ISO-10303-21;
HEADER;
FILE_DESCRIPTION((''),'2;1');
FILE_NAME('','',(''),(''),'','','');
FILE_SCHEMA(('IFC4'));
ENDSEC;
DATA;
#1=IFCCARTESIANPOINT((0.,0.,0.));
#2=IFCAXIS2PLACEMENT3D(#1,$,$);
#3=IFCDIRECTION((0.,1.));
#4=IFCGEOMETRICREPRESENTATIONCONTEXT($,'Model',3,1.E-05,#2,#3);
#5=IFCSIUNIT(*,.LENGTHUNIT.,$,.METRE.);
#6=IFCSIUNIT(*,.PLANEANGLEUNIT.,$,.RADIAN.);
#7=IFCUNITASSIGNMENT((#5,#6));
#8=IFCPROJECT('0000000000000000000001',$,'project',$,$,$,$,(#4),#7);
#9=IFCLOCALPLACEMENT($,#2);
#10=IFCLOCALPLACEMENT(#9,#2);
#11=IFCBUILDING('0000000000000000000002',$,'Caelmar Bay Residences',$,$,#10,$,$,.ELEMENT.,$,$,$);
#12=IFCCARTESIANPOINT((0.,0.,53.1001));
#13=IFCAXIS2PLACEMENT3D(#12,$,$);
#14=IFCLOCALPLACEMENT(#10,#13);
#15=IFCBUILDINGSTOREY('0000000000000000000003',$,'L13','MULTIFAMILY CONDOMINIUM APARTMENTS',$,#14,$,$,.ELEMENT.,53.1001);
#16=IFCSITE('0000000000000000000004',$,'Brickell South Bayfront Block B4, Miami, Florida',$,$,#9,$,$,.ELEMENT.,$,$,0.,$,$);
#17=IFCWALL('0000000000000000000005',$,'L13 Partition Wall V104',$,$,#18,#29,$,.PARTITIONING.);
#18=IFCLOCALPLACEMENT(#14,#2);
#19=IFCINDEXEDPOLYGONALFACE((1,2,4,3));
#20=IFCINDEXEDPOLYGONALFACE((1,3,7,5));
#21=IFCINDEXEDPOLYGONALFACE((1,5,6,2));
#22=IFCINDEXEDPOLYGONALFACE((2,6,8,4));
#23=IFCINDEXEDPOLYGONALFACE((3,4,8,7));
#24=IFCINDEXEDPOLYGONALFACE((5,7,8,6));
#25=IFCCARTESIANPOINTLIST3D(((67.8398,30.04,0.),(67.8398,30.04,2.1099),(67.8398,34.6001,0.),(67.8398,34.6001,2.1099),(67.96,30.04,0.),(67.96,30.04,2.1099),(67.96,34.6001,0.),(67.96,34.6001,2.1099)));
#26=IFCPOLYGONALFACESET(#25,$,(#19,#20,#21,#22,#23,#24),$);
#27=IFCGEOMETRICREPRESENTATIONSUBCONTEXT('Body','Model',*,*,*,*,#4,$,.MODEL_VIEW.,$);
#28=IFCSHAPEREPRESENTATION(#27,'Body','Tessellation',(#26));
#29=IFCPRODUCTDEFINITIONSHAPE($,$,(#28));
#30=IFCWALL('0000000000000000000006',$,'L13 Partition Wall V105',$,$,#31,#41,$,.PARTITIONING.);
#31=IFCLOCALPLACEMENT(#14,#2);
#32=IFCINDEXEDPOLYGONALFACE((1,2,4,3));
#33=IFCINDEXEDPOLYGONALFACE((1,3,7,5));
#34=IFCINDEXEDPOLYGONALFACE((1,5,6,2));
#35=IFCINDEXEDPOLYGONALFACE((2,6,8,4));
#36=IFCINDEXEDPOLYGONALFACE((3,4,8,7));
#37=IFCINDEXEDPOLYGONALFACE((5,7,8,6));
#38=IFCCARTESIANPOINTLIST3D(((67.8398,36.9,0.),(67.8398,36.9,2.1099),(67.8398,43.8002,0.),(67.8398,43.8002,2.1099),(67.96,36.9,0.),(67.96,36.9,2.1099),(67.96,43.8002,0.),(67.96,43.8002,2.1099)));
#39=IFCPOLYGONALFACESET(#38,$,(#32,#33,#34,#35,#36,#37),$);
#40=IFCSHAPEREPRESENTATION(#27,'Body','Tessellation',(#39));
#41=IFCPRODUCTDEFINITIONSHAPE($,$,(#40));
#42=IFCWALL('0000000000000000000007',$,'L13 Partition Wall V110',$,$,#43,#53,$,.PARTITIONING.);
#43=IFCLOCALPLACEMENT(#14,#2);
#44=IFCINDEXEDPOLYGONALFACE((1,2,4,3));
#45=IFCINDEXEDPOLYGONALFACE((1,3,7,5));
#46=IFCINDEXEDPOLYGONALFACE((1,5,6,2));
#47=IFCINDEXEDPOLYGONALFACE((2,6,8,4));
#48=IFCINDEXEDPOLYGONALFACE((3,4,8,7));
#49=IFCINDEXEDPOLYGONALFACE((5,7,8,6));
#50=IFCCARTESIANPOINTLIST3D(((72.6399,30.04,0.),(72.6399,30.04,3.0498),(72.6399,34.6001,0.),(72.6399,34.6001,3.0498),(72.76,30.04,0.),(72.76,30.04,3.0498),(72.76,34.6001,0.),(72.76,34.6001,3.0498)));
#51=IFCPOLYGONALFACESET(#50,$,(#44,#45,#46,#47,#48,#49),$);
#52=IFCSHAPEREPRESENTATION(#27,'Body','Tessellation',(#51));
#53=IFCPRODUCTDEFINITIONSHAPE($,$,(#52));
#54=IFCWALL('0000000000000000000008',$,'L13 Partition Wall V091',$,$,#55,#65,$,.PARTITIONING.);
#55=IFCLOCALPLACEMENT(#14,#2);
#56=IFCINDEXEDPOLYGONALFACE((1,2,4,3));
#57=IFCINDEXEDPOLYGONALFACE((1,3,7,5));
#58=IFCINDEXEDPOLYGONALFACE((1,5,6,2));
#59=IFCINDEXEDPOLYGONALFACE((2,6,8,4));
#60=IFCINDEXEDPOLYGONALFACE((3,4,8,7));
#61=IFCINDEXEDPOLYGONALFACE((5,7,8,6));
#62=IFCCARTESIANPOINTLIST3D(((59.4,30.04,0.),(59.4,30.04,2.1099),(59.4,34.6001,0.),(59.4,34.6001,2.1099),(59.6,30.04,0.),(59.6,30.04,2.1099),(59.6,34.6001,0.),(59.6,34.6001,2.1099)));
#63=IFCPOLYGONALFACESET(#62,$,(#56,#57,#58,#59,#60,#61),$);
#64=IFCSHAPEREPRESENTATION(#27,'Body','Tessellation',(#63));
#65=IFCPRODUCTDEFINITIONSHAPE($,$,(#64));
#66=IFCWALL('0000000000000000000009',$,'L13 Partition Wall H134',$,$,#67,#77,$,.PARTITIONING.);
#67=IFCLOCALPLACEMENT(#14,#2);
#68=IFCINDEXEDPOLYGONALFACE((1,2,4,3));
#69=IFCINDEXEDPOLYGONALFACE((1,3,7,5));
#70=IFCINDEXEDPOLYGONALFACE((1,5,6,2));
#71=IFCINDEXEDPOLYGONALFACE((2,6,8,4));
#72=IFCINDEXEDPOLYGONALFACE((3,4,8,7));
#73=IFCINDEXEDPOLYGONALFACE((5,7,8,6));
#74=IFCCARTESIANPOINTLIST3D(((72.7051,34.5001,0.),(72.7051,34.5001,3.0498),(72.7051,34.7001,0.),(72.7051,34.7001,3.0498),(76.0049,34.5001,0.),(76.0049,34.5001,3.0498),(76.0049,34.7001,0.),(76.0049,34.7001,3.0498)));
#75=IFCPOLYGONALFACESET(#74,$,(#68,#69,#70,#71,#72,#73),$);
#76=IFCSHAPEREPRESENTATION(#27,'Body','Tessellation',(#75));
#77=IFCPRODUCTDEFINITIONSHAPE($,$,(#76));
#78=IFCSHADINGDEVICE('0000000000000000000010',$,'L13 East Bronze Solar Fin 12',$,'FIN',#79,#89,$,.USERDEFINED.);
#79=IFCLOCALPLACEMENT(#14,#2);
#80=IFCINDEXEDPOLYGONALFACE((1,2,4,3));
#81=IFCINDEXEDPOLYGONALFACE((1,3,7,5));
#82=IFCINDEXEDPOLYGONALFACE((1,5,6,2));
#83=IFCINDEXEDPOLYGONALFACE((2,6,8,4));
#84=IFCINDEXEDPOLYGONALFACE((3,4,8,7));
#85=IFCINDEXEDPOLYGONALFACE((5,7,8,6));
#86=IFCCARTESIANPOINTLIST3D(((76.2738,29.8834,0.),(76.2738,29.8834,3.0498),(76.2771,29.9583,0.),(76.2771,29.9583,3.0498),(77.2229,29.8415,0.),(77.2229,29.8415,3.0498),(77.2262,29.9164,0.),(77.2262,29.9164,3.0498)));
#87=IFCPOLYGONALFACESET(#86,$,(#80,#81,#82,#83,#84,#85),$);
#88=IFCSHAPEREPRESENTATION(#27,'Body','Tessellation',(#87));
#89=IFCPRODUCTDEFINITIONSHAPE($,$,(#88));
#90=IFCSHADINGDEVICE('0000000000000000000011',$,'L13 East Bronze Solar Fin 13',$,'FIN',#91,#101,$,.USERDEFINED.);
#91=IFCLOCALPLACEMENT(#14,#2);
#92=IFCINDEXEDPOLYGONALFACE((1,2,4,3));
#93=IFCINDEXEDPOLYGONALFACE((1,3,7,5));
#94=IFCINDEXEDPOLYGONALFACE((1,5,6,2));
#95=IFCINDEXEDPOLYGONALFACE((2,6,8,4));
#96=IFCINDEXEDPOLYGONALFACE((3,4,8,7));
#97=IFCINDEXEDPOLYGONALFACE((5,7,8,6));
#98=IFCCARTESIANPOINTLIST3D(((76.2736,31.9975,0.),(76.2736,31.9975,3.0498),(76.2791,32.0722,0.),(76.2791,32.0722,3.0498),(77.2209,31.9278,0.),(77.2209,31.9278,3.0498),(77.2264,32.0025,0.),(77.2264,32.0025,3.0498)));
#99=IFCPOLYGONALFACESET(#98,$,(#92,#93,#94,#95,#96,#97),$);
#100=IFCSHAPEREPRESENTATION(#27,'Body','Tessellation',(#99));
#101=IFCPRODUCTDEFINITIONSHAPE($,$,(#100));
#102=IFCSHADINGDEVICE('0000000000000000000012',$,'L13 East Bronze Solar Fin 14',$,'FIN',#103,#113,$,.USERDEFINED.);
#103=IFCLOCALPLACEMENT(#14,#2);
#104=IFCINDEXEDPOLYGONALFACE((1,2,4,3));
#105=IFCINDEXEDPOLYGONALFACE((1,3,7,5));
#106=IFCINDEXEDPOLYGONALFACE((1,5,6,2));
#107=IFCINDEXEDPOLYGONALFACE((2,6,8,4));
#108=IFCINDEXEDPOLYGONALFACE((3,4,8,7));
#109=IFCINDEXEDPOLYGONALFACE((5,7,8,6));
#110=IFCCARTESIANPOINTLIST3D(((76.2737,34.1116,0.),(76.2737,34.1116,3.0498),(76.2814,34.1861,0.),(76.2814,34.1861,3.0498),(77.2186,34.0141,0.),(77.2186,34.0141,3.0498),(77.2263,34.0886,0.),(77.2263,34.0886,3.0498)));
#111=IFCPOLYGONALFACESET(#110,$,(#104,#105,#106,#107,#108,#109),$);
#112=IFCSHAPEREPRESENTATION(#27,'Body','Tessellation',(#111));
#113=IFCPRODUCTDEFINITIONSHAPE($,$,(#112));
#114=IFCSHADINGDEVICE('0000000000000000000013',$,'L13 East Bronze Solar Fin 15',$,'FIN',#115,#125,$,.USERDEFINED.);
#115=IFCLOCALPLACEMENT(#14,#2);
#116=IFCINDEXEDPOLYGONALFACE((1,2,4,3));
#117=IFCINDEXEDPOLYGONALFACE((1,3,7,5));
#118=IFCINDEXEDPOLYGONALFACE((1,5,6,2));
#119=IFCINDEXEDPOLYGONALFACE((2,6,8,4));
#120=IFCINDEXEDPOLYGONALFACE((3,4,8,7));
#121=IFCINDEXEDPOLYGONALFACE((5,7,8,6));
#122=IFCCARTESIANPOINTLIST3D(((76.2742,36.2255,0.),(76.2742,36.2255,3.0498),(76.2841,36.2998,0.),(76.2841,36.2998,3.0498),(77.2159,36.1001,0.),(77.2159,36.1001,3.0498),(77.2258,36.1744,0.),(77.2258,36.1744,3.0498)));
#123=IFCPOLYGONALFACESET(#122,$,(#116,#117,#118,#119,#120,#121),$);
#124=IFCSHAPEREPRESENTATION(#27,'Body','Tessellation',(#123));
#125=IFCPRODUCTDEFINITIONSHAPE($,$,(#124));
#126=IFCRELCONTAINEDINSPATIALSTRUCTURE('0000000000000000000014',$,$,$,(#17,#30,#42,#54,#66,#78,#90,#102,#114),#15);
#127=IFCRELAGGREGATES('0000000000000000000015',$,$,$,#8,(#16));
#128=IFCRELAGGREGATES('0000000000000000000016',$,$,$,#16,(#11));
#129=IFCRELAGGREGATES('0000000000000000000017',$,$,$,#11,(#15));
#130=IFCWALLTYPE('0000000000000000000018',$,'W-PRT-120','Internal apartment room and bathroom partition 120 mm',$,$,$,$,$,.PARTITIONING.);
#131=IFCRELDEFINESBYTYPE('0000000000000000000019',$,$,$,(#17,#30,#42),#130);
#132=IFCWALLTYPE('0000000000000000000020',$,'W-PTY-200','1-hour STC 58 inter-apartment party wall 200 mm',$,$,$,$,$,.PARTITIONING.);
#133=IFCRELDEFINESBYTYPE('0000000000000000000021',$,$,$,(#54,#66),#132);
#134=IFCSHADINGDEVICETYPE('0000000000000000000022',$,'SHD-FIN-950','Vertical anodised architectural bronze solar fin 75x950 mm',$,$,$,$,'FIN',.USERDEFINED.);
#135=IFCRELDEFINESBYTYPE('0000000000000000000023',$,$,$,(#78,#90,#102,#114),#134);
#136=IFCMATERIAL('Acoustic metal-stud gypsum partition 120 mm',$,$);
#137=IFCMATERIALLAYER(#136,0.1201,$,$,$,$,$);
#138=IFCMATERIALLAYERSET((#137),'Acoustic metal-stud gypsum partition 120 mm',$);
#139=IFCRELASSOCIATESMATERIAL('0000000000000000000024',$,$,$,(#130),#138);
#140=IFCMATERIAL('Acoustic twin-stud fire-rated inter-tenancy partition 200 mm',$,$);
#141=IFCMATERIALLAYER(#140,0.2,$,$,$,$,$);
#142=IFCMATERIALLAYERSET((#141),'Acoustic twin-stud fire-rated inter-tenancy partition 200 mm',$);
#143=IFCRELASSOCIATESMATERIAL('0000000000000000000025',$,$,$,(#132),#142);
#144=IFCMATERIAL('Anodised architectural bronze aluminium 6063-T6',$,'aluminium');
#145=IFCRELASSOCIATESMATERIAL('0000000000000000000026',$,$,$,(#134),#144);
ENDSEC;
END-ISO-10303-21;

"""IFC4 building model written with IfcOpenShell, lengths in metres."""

from ifc_helpers import new_model, si_unit, direction, frame, frame_2d, origin, origin_2d, place, context, subcontext, project, spatial, rectangle, extrude, material, layer, layer_set, material_profile, profile_set, type_object, element, save


model = new_model("IFC4")

# Units and contexts
model_context = context("Model", 3, precision=1e-05, world=origin(), true_north=direction((0.0, 1.0)))
body_context = subcontext(model_context, "Body", "Model", "MODEL_VIEW")
ifc_project = project(units=[si_unit("LENGTHUNIT", "METRE"), si_unit("PLANEANGLEUNIT", "RADIAN")], contexts=[model_context])

# Site, building, storey
site_placement = place(None, origin())
site = spatial("IfcSite", under=ifc_project, at=site_placement, Name="Brickell South Bayfront Block B4, Miami, Florida", CompositionType="ELEMENT", RefElevation=0.0)
building_placement = place(site_placement, origin())
building = spatial("IfcBuilding", under=site, at=building_placement, Name="Caelmar Bay Residences", CompositionType="ELEMENT")
storey_placement = place(building_placement, frame((0.0, 0.0, 53.1001)))
storey = spatial("IfcBuildingStorey", under=building, at=storey_placement, Name="L13", Description="MULTIFAMILY CONDOMINIUM APARTMENTS", CompositionType="ELEMENT", Elevation=53.1001)

# Shared definitions
ifc_material_1 = material(Name="Acoustic metal-stud gypsum partition 120 mm")
ifc_layer_1 = layer(ifc_material_1, 0.1201)
ifc_layer_set_1 = layer_set([ifc_layer_1], Name="Acoustic metal-stud gypsum partition 120 mm")
wall_type_1 = type_object("IfcWallType", Name="W-PRT-120", Description="Internal apartment room and bathroom partition 120 mm", PredefinedType="PARTITIONING", material=ifc_layer_set_1)

# Walls
wall_1_placement = place(storey_placement, frame((67.8999, 30.04, 0.0), z_axis=(0.0, 0.0, 1.0), x_axis=(0.0, 1.0, 0.0)))
element("IfcWall", 1, at=wall_1_placement, inside=storey, type_object=wall_type_1, Name="L13 Partition Wall V104", PredefinedType="PARTITIONING", context=body_context, shape_type="SweptSolid", body=[
    extrude(rectangle(XDim=4.5601, YDim=0.1201, at=frame_2d((2.28, 0.0))), origin(), (0.0, 0.0, 1.0), 2.1099),
])
wall_2_placement = place(storey_placement, frame((67.8999, 36.8999, 0.0), z_axis=(0.0, 0.0, 1.0), x_axis=(0.0, 1.0, 0.0)))
element("IfcWall", 2, at=wall_2_placement, inside=storey, type_object=wall_type_1, Name="L13 Partition Wall V105", PredefinedType="PARTITIONING", context=body_context, shape_type="SweptSolid", body=[
    extrude(rectangle(XDim=6.9001, YDim=0.1201, at=frame_2d((3.4502, 0.0))), origin(), (0.0, 0.0, 1.0), 2.1099),
])
wall_3_placement = place(storey_placement, frame((72.7, 30.04, 0.0), z_axis=(0.0, 0.0, 1.0), x_axis=(0.0, 1.0, 0.0)))
element("IfcWall", 3, at=wall_3_placement, inside=storey, type_object=wall_type_1, Name="L13 Partition Wall V110", PredefinedType="PARTITIONING", context=body_context, shape_type="SweptSolid", body=[
    extrude(rectangle(XDim=4.5601, YDim=0.1201, at=frame_2d((2.28, 0.0))), origin(), (0.0, 0.0, 1.0), 3.0498),
])
ifc_material_2 = material(Name="Acoustic twin-stud fire-rated inter-tenancy partition 200 mm")
ifc_layer_2 = layer(ifc_material_2, 0.2)
ifc_layer_set_2 = layer_set([ifc_layer_2], Name="Acoustic twin-stud fire-rated inter-tenancy partition 200 mm")
wall_type_2 = type_object("IfcWallType", Name="W-PTY-200", Description="1-hour STC 58 inter-apartment party wall 200 mm", PredefinedType="PARTITIONING", material=ifc_layer_set_2)
wall_4_placement = place(storey_placement, frame((59.5, 30.04, 0.0), z_axis=(0.0, 0.0, 1.0), x_axis=(0.0, 1.0, 0.0)))
element("IfcWall", 4, at=wall_4_placement, inside=storey, type_object=wall_type_2, Name="L13 Partition Wall V091", PredefinedType="PARTITIONING", context=body_context, shape_type="SweptSolid", body=[
    extrude(rectangle(XDim=4.5601, YDim=0.2, at=frame_2d((2.28, 0.0))), origin(), (0.0, 0.0, 1.0), 2.1099),
])
wall_5_placement = place(storey_placement, frame((72.7051, 34.6001, 0.0), z_axis=(0.0, 0.0, 1.0), x_axis=(1.0, 0.0, 0.0)))
element("IfcWall", 5, at=wall_5_placement, inside=storey, type_object=wall_type_2, Name="L13 Partition Wall H134", PredefinedType="PARTITIONING", context=body_context, shape_type="SweptSolid", body=[
    extrude(rectangle(XDim=3.2998, YDim=0.2, at=frame_2d((1.6499, 0.0))), origin(), (0.0, 0.0, 1.0), 3.0498),
])

# Shading devices
ifc_material_3 = material(Name="Anodised architectural bronze aluminium 6063-T6", Category="aluminium")
ifc_material_profile_1 = material_profile(ifc_material_3, rectangle(XDim=0.075, YDim=0.95, at=origin_2d()), Name="BRONZE-FIN-75X950")
ifc_profile_set_1 = profile_set([ifc_material_profile_1], Name="Anodised architectural bronze aluminium 6063-T6")
shading_device_type = type_object("IfcShadingDeviceType", Name="SHD-FIN-950", Description="Vertical anodised architectural bronze solar fin 75x950 mm", ElementType="FIN", PredefinedType="USERDEFINED", material=ifc_profile_set_1)
for number, where, z_axis, x_axis, name in (
    (6, (76.75, 29.8999, 0.0), (0.0, 0.0, 1.0), (0.044142, 0.999025, 0.0), "L13 East Bronze Solar Fin 12"),
    (7, (76.75, 32.0, 0.0), (0.0, 0.0, 1.0), (0.073412, 0.997302, 0.0), "L13 East Bronze Solar Fin 13"),
    (8, (76.75, 34.1001, 0.0), (0.0, 0.0, 1.0), (0.102619, 0.994721, 0.0), "L13 East Bronze Solar Fin 14"),
    (9, (76.75, 36.2, 0.0), (0.0, 0.0, 1.0), (0.13191, 0.991262, 0.0), "L13 East Bronze Solar Fin 15"),
):
    element("IfcShadingDevice", number, at=place(storey_placement, frame(where, z_axis=z_axis, x_axis=x_axis)), inside=storey, type_object=shading_device_type, Name=name, ObjectType="FIN", PredefinedType="USERDEFINED", context=body_context, shape_type="SweptSolid", body=[
        extrude(rectangle(XDim=0.075, YDim=0.95, at=origin_2d()), origin(), (0.0, 0.0, 1.0), 3.0498),
    ])

save(model, "model.ifc")
